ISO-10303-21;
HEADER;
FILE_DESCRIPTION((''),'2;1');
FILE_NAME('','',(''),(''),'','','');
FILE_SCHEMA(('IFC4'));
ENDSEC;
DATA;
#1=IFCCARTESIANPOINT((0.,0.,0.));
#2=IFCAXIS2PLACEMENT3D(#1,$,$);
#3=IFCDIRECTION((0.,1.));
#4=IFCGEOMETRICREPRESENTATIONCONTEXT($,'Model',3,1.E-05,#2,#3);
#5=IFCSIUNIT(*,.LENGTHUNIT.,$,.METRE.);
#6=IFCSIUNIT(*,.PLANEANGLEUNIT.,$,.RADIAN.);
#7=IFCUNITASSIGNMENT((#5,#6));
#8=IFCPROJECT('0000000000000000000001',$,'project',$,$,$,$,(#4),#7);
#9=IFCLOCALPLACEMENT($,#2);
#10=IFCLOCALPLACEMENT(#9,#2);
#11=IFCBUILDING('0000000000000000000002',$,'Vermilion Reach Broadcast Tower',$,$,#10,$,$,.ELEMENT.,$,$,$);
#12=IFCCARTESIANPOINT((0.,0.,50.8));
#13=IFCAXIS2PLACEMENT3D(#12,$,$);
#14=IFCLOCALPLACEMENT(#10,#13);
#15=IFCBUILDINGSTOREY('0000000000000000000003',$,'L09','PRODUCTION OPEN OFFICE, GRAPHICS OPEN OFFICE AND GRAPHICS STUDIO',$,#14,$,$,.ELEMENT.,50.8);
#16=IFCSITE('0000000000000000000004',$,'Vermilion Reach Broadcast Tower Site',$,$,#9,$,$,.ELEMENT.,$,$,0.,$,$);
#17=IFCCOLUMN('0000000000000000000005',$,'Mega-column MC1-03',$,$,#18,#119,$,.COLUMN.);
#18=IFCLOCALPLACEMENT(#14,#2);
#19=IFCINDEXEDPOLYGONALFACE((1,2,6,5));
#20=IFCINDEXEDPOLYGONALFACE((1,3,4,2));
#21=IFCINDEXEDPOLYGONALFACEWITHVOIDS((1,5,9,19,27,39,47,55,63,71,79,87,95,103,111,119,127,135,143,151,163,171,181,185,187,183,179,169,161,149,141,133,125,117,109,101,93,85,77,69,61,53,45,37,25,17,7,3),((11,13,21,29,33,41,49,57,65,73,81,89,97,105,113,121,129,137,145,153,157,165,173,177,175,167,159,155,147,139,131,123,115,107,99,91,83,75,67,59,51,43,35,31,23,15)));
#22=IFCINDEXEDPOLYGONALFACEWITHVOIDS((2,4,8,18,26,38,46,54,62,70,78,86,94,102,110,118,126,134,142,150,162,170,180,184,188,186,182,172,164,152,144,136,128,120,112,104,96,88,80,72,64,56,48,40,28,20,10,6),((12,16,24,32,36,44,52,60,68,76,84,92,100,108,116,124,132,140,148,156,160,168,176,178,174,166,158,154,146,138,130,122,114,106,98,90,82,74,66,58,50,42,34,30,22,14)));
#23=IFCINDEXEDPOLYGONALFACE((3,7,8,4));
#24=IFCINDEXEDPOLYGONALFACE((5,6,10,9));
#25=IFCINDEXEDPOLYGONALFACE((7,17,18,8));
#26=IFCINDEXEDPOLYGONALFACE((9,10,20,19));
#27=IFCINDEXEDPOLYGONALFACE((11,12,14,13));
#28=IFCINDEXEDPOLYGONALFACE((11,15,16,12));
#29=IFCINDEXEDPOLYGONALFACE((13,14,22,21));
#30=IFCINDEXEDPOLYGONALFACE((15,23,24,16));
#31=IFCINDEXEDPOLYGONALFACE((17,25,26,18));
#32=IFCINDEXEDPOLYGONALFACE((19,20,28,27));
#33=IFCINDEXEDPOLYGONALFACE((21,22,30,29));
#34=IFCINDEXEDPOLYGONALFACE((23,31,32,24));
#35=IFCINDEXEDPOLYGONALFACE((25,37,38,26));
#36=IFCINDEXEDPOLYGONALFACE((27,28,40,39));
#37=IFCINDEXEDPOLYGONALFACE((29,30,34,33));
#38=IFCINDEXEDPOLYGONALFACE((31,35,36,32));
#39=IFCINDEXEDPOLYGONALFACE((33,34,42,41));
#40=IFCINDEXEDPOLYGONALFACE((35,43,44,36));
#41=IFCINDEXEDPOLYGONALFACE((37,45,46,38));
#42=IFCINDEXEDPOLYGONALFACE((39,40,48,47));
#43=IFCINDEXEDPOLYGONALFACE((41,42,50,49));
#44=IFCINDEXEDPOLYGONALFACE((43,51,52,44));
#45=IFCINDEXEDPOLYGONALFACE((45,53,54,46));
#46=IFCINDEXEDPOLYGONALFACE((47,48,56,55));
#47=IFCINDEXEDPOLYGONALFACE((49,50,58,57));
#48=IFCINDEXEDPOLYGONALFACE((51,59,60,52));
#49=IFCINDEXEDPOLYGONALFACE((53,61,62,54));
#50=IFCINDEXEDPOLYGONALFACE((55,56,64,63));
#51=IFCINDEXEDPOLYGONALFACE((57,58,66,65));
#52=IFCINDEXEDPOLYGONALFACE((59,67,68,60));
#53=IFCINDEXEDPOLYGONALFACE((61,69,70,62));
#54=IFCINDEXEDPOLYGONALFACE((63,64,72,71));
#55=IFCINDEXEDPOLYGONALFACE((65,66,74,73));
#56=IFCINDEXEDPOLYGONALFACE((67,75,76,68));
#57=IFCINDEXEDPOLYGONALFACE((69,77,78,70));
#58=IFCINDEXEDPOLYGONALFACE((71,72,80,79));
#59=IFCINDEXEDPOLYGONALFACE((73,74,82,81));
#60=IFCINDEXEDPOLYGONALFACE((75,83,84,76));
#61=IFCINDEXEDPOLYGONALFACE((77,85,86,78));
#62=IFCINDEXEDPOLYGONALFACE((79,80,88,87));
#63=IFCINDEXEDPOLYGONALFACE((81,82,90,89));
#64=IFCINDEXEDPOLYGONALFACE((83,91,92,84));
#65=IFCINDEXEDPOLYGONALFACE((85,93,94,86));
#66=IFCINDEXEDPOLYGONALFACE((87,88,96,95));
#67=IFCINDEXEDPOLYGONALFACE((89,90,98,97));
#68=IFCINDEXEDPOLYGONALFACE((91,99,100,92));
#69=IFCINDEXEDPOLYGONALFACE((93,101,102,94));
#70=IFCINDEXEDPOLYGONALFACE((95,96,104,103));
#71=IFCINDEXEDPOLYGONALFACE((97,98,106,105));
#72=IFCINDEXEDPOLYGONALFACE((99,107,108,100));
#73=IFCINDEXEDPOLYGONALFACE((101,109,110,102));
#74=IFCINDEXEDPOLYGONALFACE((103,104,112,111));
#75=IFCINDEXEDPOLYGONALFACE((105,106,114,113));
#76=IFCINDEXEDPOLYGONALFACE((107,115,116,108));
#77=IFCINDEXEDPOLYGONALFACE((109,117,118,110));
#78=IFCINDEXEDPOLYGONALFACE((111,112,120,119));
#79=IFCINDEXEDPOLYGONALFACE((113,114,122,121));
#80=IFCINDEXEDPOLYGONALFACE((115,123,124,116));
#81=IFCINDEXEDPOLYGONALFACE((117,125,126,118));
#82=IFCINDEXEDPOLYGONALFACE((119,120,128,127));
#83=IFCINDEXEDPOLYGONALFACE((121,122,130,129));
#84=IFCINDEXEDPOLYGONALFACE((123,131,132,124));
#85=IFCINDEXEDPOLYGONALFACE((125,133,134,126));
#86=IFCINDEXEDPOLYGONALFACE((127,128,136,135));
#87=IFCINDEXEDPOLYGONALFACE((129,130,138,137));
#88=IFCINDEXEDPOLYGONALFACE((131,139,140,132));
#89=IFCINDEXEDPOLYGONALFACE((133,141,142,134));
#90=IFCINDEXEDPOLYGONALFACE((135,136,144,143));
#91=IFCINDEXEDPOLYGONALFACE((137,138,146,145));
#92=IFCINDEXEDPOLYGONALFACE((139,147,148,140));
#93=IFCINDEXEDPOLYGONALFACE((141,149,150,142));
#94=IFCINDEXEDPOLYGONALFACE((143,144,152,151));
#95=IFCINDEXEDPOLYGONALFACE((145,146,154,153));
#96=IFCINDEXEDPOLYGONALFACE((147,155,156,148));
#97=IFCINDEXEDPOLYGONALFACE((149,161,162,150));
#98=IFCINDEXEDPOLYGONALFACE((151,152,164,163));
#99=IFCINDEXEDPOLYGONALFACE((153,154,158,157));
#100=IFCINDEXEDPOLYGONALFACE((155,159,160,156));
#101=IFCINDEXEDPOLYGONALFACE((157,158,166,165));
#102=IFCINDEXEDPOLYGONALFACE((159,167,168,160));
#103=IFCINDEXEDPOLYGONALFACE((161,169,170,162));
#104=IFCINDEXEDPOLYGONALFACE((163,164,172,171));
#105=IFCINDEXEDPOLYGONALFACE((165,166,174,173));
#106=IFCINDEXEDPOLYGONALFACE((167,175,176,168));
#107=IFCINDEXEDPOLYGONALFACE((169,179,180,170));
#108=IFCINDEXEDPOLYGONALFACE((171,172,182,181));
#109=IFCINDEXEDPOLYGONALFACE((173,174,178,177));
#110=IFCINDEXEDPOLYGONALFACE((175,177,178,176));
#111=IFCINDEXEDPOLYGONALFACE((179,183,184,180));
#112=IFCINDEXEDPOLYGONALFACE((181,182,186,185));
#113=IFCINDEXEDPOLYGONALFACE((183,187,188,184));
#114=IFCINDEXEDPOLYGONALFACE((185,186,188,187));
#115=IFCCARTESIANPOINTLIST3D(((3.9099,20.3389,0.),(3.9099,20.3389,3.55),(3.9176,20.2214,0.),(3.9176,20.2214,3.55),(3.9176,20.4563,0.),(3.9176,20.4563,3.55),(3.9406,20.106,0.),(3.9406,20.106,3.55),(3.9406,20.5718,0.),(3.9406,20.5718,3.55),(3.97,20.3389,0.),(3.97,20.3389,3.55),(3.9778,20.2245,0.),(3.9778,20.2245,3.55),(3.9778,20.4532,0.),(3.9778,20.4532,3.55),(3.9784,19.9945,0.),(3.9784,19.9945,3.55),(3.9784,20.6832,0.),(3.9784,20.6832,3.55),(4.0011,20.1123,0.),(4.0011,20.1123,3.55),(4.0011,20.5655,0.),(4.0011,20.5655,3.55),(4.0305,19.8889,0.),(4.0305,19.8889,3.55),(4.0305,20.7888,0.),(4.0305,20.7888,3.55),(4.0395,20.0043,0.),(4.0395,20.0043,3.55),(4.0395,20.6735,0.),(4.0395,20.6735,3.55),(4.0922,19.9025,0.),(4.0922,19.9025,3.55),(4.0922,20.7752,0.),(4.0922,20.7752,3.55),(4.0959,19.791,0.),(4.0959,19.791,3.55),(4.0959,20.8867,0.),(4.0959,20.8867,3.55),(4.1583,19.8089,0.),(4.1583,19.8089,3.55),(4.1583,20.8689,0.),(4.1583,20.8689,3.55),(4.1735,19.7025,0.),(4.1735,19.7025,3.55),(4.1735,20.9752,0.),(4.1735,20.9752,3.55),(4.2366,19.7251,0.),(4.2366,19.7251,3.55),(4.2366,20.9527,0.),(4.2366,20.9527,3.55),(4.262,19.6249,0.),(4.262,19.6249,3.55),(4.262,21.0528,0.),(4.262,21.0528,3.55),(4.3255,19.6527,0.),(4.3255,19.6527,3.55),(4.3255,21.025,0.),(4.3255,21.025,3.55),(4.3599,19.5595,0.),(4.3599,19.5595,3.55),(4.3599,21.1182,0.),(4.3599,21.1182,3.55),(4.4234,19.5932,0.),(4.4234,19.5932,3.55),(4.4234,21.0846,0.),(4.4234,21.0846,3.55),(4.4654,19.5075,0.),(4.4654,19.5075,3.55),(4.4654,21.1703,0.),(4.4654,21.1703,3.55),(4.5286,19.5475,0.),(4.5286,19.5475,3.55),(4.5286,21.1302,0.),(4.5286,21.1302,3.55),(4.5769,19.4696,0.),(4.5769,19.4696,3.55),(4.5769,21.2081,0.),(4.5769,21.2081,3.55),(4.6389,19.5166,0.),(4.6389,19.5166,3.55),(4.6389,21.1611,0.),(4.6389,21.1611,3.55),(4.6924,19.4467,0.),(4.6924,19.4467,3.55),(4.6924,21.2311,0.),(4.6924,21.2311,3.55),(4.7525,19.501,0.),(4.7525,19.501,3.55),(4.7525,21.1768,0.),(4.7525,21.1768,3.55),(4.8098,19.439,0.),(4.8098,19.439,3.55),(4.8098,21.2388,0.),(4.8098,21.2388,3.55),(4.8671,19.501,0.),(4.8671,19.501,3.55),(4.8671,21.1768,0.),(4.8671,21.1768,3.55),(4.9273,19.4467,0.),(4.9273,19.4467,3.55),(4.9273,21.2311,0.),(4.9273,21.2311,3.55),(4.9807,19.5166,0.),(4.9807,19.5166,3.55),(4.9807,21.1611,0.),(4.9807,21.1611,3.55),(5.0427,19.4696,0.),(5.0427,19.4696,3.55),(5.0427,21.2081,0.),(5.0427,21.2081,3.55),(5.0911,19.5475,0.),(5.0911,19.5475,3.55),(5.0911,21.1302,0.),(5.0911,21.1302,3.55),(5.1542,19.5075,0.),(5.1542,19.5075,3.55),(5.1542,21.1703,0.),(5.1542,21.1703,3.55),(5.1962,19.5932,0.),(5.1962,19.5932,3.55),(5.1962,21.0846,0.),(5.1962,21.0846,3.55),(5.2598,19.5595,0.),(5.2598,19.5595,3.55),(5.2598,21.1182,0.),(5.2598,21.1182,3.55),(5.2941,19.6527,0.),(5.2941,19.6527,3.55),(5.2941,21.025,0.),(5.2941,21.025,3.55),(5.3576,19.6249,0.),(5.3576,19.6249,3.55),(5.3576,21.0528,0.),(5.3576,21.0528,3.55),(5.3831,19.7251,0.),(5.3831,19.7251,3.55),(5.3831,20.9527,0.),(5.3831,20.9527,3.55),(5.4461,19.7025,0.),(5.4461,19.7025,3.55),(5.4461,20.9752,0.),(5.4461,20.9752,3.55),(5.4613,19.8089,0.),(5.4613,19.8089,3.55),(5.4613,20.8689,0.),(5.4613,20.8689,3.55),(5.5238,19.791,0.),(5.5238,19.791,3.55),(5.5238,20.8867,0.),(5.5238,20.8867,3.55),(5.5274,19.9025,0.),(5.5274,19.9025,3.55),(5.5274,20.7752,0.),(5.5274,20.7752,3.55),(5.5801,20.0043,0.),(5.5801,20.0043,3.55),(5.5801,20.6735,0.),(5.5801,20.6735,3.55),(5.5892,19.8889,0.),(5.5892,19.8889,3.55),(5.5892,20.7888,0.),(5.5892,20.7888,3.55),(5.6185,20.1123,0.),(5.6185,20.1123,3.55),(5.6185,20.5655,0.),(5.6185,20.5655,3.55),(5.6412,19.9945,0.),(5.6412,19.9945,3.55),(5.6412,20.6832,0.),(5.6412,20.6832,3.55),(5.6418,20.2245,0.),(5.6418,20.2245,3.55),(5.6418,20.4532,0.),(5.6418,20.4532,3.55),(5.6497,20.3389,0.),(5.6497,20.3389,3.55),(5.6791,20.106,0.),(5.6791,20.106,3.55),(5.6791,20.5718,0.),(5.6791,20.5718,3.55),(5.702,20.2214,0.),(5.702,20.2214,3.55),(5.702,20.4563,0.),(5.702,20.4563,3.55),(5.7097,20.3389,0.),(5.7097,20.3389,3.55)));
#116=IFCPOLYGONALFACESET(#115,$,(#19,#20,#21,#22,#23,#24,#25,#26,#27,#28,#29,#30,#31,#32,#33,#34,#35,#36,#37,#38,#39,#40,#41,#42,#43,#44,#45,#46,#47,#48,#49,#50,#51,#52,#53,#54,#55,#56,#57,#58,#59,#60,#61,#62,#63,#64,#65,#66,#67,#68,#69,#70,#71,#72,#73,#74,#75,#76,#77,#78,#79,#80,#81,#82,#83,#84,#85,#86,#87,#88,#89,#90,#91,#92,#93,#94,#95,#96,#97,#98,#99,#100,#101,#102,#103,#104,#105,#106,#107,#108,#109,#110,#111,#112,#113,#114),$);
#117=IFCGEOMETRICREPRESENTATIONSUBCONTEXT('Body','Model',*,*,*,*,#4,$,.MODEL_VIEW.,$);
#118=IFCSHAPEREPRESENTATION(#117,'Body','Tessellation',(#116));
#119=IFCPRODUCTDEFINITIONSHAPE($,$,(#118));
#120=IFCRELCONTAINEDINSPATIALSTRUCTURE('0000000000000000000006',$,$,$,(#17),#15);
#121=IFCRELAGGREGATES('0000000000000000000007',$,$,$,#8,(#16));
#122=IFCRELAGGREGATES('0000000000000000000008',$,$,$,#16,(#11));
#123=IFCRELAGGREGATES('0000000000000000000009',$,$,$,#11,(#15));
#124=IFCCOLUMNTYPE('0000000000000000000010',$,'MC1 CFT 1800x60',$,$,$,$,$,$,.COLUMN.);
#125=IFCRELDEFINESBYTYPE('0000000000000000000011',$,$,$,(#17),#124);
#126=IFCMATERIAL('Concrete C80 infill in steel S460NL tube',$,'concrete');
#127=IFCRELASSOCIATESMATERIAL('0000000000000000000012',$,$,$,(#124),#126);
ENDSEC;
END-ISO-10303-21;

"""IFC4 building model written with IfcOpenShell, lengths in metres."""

from ifc_helpers import new_model, si_unit, direction, frame, origin, origin_2d, place, context, subcontext, project, spatial, hollow_circle, extrude, material, material_profile, profile_set, type_object, element, save


model = new_model("IFC4")

# Units and contexts
model_context = context("Model", 3, precision=1e-05, world=origin(), true_north=direction((0.0, 1.0)))
body_context = subcontext(model_context, "Body", "Model", "MODEL_VIEW")
ifc_project = project(units=[si_unit("LENGTHUNIT", "METRE"), si_unit("PLANEANGLEUNIT", "RADIAN")], contexts=[model_context])

# Site, building, storey
site_placement = place(None, origin())
site = spatial("IfcSite", under=ifc_project, at=site_placement, Name="Vermilion Reach Broadcast Tower Site", CompositionType="ELEMENT", RefElevation=0.0)
building_placement = place(site_placement, origin())
building = spatial("IfcBuilding", under=site, at=building_placement, Name="Vermilion Reach Broadcast Tower", CompositionType="ELEMENT")
storey_placement = place(building_placement, frame((0.0, 0.0, 50.8)))
storey = spatial("IfcBuildingStorey", under=building, at=storey_placement, Name="L09", Description="PRODUCTION OPEN OFFICE, GRAPHICS OPEN OFFICE AND GRAPHICS STUDIO", CompositionType="ELEMENT", Elevation=50.8)

# Column
ifc_material_1 = material(Name="Concrete C80 infill in steel S460NL tube", Category="concrete")
ifc_material_profile_1 = material_profile(ifc_material_1, hollow_circle(Radius=0.8999, WallThickness=0.0601, at=origin_2d()), Name="Concrete C80 infill in steel S460NL tube CFT 1800x60")
ifc_profile_set_1 = profile_set([ifc_material_profile_1], Name="Concrete C80 infill in steel S460NL tube")
column_type = type_object("IfcColumnType", Name="MC1 CFT 1800x60", PredefinedType="COLUMN", material=ifc_profile_set_1)
for number, where, z_axis, x_axis, name in (
    (1, (4.8098, 20.3389, 0.0), (0.0, 0.0, 1.0), (1.0, 0.0, 0.0), "Mega-column MC1-03"),
):
    element("IfcColumn", number, at=place(storey_placement, frame(where, z_axis=z_axis, x_axis=x_axis)), inside=storey, type_object=column_type, Name=name, PredefinedType="COLUMN", context=body_context, shape_type="SweptSolid", body=[
        extrude(hollow_circle(Radius=0.8999, WallThickness=0.0601, at=origin_2d()), origin(), (0.0, 0.0, 1.0), 3.55),
    ])

save(model, "model.ifc")
